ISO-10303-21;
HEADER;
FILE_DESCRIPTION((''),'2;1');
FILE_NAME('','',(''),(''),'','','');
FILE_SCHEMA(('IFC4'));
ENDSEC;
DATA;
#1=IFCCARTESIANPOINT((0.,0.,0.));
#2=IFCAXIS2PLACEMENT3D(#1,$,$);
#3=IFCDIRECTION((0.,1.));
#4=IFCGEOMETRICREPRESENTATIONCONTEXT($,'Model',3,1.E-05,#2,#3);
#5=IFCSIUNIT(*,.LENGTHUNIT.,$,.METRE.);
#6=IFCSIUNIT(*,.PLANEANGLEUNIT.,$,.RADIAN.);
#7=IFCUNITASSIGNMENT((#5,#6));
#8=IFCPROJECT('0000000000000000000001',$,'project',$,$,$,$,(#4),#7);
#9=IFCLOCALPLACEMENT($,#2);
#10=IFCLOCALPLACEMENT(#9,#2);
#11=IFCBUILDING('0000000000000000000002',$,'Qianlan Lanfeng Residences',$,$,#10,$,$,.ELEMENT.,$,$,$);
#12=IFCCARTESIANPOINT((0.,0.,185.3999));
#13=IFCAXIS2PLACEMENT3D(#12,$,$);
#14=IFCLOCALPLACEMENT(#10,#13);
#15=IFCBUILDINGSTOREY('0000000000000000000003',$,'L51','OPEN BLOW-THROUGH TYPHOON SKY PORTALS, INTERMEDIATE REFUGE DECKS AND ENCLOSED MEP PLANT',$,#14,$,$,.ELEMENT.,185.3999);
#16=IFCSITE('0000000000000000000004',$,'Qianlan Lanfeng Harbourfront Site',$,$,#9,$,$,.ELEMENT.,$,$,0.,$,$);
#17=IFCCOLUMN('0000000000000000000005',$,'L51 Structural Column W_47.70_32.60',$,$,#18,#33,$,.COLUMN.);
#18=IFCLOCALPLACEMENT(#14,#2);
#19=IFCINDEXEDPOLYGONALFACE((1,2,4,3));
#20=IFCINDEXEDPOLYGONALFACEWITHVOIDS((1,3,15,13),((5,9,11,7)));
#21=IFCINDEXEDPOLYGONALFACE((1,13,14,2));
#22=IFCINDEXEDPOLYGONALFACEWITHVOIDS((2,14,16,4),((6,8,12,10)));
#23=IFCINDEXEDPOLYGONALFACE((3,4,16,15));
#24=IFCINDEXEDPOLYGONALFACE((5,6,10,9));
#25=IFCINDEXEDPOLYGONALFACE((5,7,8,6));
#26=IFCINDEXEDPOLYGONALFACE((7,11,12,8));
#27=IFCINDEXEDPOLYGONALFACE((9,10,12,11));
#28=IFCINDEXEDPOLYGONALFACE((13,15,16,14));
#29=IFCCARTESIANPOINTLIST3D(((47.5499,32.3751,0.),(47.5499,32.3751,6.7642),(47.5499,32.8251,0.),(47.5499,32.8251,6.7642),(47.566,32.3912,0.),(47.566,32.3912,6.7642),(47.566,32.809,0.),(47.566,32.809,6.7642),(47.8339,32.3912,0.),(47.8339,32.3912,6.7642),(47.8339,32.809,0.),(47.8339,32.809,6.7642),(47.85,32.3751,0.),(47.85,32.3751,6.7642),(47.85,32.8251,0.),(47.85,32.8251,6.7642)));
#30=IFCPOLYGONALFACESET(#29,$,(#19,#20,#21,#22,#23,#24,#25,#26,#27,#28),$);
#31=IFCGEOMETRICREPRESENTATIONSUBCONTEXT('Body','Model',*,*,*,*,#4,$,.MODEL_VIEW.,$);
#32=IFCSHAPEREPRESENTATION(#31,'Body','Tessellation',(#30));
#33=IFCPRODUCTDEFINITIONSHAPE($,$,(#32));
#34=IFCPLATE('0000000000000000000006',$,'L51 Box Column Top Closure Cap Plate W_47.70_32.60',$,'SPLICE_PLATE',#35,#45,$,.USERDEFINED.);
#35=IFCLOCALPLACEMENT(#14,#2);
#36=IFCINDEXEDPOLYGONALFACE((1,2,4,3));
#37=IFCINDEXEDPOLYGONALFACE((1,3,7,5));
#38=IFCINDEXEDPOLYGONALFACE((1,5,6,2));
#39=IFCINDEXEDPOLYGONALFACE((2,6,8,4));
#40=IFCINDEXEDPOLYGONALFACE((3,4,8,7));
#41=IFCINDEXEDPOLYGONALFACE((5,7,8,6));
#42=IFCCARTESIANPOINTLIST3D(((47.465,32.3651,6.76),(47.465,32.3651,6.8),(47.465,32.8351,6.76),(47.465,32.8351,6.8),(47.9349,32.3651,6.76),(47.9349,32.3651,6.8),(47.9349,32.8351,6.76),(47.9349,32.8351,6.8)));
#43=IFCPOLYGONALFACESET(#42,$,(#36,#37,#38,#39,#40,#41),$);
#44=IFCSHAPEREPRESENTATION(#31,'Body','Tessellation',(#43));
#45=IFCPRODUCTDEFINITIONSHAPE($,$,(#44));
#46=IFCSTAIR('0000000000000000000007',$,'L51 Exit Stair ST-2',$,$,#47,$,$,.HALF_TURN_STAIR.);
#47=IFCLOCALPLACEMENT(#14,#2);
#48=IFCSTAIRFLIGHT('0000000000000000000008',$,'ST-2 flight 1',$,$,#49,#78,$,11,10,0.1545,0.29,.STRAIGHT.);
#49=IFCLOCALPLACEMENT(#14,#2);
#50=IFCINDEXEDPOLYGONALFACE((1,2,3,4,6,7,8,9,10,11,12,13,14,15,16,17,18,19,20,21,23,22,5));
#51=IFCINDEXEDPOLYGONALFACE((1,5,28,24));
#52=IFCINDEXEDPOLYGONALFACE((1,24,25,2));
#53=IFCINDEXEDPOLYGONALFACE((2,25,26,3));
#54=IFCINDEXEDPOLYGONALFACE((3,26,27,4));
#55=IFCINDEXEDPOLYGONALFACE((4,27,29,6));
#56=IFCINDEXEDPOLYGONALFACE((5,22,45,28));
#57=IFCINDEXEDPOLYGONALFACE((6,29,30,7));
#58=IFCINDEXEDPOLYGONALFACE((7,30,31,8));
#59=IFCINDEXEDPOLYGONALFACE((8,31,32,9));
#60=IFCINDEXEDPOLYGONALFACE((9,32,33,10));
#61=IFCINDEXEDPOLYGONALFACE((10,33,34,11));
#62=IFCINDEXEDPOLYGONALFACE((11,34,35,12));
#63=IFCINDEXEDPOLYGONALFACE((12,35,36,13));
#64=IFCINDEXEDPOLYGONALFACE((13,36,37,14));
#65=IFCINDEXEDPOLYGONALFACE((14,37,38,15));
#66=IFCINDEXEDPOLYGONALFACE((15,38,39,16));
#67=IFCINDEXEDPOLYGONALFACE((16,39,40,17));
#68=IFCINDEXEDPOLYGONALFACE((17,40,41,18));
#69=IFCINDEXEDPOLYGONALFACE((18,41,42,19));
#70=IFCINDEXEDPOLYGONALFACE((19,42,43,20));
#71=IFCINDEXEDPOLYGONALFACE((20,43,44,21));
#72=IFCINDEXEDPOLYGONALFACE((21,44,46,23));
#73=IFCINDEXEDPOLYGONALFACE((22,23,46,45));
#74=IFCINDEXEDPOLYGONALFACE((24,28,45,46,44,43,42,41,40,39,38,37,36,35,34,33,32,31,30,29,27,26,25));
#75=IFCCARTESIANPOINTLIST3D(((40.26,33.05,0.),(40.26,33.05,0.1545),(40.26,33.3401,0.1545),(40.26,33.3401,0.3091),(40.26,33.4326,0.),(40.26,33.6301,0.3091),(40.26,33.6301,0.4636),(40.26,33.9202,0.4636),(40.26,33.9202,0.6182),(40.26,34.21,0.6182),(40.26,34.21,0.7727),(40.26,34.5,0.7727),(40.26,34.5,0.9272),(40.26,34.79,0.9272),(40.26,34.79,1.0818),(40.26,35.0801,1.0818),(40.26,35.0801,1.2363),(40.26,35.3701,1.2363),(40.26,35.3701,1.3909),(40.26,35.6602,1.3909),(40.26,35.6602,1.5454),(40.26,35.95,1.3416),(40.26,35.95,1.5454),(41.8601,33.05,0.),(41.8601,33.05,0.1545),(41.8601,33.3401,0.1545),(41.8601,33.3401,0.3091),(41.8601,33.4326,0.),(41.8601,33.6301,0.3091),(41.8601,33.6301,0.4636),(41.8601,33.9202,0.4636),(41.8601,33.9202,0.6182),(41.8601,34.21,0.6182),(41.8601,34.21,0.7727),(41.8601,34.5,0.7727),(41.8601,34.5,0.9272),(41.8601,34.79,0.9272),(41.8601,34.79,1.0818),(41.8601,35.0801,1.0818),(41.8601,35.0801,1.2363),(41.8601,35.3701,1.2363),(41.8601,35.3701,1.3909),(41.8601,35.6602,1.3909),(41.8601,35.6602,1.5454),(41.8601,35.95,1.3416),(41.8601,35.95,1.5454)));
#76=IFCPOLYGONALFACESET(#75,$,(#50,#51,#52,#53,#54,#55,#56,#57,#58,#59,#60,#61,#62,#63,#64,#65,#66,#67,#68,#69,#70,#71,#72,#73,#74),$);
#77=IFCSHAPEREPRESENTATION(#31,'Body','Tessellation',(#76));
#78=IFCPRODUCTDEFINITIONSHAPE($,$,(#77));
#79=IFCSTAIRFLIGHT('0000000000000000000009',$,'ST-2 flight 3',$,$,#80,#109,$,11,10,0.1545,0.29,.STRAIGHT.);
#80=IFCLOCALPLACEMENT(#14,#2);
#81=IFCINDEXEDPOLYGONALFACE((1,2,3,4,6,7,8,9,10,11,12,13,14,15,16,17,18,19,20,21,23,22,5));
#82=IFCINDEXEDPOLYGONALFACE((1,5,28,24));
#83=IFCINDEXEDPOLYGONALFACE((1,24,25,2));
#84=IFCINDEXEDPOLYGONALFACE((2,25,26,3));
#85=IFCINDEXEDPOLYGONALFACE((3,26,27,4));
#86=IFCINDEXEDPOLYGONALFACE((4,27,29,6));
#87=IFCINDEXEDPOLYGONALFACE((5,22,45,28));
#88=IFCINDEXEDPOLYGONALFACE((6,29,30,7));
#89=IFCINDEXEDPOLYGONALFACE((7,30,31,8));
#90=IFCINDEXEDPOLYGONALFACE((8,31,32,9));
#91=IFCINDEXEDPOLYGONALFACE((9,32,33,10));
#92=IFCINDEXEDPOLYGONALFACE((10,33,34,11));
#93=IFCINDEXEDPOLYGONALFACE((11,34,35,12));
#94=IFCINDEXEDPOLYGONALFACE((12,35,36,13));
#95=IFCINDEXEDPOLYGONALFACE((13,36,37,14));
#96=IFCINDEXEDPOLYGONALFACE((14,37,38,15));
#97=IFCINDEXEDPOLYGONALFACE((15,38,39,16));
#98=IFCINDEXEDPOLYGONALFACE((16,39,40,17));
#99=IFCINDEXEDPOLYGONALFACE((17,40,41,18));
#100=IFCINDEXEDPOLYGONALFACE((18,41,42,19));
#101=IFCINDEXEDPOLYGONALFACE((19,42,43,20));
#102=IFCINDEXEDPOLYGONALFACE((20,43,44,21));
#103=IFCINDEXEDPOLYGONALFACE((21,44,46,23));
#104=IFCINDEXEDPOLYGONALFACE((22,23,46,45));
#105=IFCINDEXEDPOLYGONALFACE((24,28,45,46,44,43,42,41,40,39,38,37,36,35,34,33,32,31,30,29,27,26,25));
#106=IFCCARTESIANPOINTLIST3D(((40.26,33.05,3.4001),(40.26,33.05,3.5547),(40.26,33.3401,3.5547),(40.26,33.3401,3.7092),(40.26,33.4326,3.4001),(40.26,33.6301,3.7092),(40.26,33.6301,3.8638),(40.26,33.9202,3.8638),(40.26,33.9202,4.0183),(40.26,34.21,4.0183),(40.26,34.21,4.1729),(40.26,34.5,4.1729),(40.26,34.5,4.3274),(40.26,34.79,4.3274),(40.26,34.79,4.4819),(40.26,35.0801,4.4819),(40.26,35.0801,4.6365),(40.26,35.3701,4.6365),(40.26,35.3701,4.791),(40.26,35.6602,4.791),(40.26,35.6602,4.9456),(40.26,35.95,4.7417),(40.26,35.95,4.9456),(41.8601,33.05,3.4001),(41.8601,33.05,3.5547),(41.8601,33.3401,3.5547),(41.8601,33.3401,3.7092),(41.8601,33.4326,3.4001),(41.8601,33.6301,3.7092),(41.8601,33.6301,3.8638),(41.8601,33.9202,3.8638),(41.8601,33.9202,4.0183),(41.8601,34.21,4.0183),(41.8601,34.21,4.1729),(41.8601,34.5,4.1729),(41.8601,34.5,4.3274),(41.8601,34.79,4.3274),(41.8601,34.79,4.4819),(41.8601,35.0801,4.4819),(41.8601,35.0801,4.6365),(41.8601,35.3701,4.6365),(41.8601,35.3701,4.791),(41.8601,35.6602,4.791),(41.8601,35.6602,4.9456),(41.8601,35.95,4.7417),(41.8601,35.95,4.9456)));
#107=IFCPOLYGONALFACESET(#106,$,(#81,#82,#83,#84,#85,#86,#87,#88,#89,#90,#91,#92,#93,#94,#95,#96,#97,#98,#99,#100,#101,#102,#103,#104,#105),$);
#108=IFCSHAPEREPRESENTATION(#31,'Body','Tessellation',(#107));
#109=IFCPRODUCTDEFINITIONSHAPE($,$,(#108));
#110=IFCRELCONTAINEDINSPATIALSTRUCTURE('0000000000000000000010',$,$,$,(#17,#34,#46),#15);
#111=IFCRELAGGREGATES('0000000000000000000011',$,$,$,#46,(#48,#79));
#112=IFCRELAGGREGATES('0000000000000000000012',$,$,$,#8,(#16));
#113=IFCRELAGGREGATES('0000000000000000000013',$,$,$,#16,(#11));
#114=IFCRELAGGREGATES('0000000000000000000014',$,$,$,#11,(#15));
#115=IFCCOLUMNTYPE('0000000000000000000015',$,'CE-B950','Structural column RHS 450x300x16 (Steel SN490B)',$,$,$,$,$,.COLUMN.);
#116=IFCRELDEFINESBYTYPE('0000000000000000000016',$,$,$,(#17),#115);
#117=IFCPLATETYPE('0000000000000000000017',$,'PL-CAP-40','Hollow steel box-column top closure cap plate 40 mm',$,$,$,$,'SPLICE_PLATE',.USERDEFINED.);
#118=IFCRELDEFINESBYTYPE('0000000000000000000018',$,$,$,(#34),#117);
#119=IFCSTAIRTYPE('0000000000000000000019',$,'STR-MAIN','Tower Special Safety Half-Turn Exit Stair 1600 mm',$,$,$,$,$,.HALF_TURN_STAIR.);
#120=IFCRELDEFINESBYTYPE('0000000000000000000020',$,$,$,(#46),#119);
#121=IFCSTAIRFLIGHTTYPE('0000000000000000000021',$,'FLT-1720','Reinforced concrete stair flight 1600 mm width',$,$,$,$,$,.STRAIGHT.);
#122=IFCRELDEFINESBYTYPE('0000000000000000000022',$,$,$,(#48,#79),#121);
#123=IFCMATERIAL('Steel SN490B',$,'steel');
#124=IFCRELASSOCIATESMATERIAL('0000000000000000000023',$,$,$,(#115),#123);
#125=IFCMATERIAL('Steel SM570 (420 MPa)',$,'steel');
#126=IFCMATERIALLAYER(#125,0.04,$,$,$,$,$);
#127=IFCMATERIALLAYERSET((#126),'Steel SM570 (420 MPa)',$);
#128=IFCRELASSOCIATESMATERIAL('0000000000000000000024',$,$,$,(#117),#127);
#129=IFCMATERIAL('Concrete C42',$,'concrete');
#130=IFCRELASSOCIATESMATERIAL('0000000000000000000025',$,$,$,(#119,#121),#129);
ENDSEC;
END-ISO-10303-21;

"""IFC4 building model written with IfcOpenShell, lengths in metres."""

from ifc_helpers import new_model, si_unit, direction, frame, origin, origin_2d, place, context, subcontext, project, spatial, polyline, rectangle, hollow_rectangle, outline, extrude, source, transform, mapped, material, layer, layer_set, material_profile, profile_set, type_object, element, aggregate, save


model = new_model("IFC4")

# Units and contexts
model_context = context("Model", 3, precision=1e-05, world=origin(), true_north=direction((0.0, 1.0)))
body_context = subcontext(model_context, "Body", "Model", "MODEL_VIEW")
ifc_project = project(units=[si_unit("LENGTHUNIT", "METRE"), si_unit("PLANEANGLEUNIT", "RADIAN")], contexts=[model_context])

# Site, building, storey
site_placement = place(None, origin())
site = spatial("IfcSite", under=ifc_project, at=site_placement, Name="Qianlan Lanfeng Harbourfront Site", CompositionType="ELEMENT", RefElevation=0.0)
building_placement = place(site_placement, origin())
building = spatial("IfcBuilding", under=site, at=building_placement, Name="Qianlan Lanfeng Residences", CompositionType="ELEMENT")
storey_placement = place(building_placement, frame((0.0, 0.0, 185.3999)))
storey = spatial("IfcBuildingStorey", under=building, at=storey_placement, Name="L51", Description="OPEN BLOW-THROUGH TYPHOON SKY PORTALS, INTERMEDIATE REFUGE DECKS AND ENCLOSED MEP PLANT", CompositionType="ELEMENT", Elevation=185.3999)

# Column
ifc_material_1 = material(Name="Steel SN490B", Category="steel")
ifc_material_profile = material_profile(ifc_material_1, hollow_rectangle(XDim=0.3, YDim=0.45, WallThickness=0.0161, at=origin_2d()), Name="RHS 450x300x16")
ifc_profile_set = profile_set([ifc_material_profile], Name="Steel SN490B")
column_type = type_object("IfcColumnType", Name="CE-B950", Description="Structural column RHS 450x300x16 (Steel SN490B)", PredefinedType="COLUMN", material=ifc_profile_set)
column_placement = place(storey_placement, frame((47.7, 32.6001, 0.0), z_axis=(0.0, 0.0, 1.0), x_axis=(1.0, 0.0, 0.0)))
element("IfcColumn", 1, at=column_placement, inside=storey, type_object=column_type, Name="L51 Structural Column W_47.70_32.60", PredefinedType="COLUMN", context=body_context, shape_type="SweptSolid", body=[
    extrude(hollow_rectangle(XDim=0.3, YDim=0.45, WallThickness=0.0161, at=origin_2d()), origin(), (0.0, 0.0, 1.0), 6.7642),
])

# Plate
ifc_material_2 = material(Name="Steel SM570 (420 MPa)", Category="steel")
ifc_layer = layer(ifc_material_2, 0.04)
ifc_layer_set = layer_set([ifc_layer], Name="Steel SM570 (420 MPa)")
plate_type = type_object("IfcPlateType", Name="PL-CAP-40", Description="Hollow steel box-column top closure cap plate 40 mm", ElementType="SPLICE_PLATE", PredefinedType="USERDEFINED", material=ifc_layer_set)
shared_shape = source(origin(), body_context, "Body", "SweptSolid", [
    extrude(rectangle(XDim=0.47, YDim=0.47, at=origin_2d()), origin(), (0.0, 0.0, 1.0), 0.04),
])
plate_placement = place(storey_placement, frame((47.7, 32.6001, 6.76), z_axis=(0.0, 0.0, 1.0), x_axis=(1.0, 0.0, 0.0)))
element("IfcPlate", 2, at=plate_placement, inside=storey, type_object=plate_type, Name="L51 Box Column Top Closure Cap Plate W_47.70_32.60", ObjectType="SPLICE_PLATE", PredefinedType="USERDEFINED", context=body_context, shape_type="MappedRepresentation", body=[
    mapped(shared_shape, transform((0.0, 0.0, 0.0), scale=1.0)),
])

# Stair, stair flights
ifc_material_3 = material(Name="Concrete C42", Category="concrete")
stair_type = type_object("IfcStairType", Name="STR-MAIN", Description="Tower Special Safety Half-Turn Exit Stair 1600 mm", PredefinedType="HALF_TURN_STAIR", material=ifc_material_3)
stair_placement = place(storey_placement, origin())
stair = element("IfcStair", 3, at=stair_placement, inside=storey, type_object=stair_type, Name="L51 Exit Stair ST-2", PredefinedType="HALF_TURN_STAIR")
stair_flight_type = type_object("IfcStairFlightType", Name="FLT-1720", Description="Reinforced concrete stair flight 1600 mm width", PredefinedType="STRAIGHT", material=ifc_material_3)
stair_flight_1_placement = place(storey_placement, frame((41.0601, 33.05, 0.0), z_axis=(0.0, 0.0, 1.0), x_axis=(0.0, 1.0, 0.0)))
stair_flight_1 = element("IfcStairFlight", 4, at=stair_flight_1_placement, type_object=stair_flight_type, Name="ST-2 flight 1", NumberOfRisers=11, NumberOfTreads=10, PredefinedType="STRAIGHT", RiserHeight=0.1545, TreadLength=0.29, context=body_context, shape_type="SweptSolid", body=[
    extrude(outline(polyline([(0.0, 0.0), (0.0, 0.1545), (0.29, 0.1545), (0.29, 0.3091), (0.5801, 0.3091), (0.5801, 0.4636), (0.8701, 0.4636), (0.8701, 0.6182), (1.1599, 0.6182), (1.1599, 0.7727), (1.45, 0.7727), (1.45, 0.9272), (1.74, 0.9272), (1.74, 1.0818), (2.03, 1.0818), (2.03, 1.2363), (2.3201, 1.2363), (2.3201, 1.3909), (2.6101, 1.3909), (2.6101, 1.5454), (2.8999, 1.5454), (2.8999, 1.7), (2.8999, 1.3416), (0.3826, 0.0), (0.0, 0.0)])), frame((0.0, 0.8, 0.0), z_axis=(0.0, -1.0, 0.0), x_axis=(1.0, 0.0, 0.0)), (0.0, 0.0, 1.0), 1.6001),
])
stair_flight_2_placement = place(storey_placement, frame((41.0601, 33.05, 3.4001), z_axis=(0.0, 0.0, 1.0), x_axis=(0.0, 1.0, 0.0)))
stair_flight_2 = element("IfcStairFlight", 5, at=stair_flight_2_placement, type_object=stair_flight_type, Name="ST-2 flight 3", NumberOfRisers=11, NumberOfTreads=10, PredefinedType="STRAIGHT", RiserHeight=0.1545, TreadLength=0.29, context=body_context, shape_type="SweptSolid", body=[
    extrude(outline(polyline([(0.0, 0.0), (0.0, 0.1545), (0.29, 0.1545), (0.29, 0.3091), (0.5801, 0.3091), (0.5801, 0.4636), (0.8701, 0.4636), (0.8701, 0.6182), (1.1599, 0.6182), (1.1599, 0.7727), (1.45, 0.7727), (1.45, 0.9272), (1.74, 0.9272), (1.74, 1.0818), (2.03, 1.0818), (2.03, 1.2363), (2.3201, 1.2363), (2.3201, 1.3909), (2.6101, 1.3909), (2.6101, 1.5454), (2.8999, 1.5454), (2.8999, 1.7), (2.8999, 1.3416), (0.3826, 0.0), (0.0, 0.0)])), frame((0.0, 0.8, 0.0), z_axis=(0.0, -1.0, 0.0), x_axis=(1.0, 0.0, 0.0)), (0.0, 0.0, 1.0), 1.6001),
])
aggregate(stair, [stair_flight_1, stair_flight_2])

save(model, "model.ifc")
